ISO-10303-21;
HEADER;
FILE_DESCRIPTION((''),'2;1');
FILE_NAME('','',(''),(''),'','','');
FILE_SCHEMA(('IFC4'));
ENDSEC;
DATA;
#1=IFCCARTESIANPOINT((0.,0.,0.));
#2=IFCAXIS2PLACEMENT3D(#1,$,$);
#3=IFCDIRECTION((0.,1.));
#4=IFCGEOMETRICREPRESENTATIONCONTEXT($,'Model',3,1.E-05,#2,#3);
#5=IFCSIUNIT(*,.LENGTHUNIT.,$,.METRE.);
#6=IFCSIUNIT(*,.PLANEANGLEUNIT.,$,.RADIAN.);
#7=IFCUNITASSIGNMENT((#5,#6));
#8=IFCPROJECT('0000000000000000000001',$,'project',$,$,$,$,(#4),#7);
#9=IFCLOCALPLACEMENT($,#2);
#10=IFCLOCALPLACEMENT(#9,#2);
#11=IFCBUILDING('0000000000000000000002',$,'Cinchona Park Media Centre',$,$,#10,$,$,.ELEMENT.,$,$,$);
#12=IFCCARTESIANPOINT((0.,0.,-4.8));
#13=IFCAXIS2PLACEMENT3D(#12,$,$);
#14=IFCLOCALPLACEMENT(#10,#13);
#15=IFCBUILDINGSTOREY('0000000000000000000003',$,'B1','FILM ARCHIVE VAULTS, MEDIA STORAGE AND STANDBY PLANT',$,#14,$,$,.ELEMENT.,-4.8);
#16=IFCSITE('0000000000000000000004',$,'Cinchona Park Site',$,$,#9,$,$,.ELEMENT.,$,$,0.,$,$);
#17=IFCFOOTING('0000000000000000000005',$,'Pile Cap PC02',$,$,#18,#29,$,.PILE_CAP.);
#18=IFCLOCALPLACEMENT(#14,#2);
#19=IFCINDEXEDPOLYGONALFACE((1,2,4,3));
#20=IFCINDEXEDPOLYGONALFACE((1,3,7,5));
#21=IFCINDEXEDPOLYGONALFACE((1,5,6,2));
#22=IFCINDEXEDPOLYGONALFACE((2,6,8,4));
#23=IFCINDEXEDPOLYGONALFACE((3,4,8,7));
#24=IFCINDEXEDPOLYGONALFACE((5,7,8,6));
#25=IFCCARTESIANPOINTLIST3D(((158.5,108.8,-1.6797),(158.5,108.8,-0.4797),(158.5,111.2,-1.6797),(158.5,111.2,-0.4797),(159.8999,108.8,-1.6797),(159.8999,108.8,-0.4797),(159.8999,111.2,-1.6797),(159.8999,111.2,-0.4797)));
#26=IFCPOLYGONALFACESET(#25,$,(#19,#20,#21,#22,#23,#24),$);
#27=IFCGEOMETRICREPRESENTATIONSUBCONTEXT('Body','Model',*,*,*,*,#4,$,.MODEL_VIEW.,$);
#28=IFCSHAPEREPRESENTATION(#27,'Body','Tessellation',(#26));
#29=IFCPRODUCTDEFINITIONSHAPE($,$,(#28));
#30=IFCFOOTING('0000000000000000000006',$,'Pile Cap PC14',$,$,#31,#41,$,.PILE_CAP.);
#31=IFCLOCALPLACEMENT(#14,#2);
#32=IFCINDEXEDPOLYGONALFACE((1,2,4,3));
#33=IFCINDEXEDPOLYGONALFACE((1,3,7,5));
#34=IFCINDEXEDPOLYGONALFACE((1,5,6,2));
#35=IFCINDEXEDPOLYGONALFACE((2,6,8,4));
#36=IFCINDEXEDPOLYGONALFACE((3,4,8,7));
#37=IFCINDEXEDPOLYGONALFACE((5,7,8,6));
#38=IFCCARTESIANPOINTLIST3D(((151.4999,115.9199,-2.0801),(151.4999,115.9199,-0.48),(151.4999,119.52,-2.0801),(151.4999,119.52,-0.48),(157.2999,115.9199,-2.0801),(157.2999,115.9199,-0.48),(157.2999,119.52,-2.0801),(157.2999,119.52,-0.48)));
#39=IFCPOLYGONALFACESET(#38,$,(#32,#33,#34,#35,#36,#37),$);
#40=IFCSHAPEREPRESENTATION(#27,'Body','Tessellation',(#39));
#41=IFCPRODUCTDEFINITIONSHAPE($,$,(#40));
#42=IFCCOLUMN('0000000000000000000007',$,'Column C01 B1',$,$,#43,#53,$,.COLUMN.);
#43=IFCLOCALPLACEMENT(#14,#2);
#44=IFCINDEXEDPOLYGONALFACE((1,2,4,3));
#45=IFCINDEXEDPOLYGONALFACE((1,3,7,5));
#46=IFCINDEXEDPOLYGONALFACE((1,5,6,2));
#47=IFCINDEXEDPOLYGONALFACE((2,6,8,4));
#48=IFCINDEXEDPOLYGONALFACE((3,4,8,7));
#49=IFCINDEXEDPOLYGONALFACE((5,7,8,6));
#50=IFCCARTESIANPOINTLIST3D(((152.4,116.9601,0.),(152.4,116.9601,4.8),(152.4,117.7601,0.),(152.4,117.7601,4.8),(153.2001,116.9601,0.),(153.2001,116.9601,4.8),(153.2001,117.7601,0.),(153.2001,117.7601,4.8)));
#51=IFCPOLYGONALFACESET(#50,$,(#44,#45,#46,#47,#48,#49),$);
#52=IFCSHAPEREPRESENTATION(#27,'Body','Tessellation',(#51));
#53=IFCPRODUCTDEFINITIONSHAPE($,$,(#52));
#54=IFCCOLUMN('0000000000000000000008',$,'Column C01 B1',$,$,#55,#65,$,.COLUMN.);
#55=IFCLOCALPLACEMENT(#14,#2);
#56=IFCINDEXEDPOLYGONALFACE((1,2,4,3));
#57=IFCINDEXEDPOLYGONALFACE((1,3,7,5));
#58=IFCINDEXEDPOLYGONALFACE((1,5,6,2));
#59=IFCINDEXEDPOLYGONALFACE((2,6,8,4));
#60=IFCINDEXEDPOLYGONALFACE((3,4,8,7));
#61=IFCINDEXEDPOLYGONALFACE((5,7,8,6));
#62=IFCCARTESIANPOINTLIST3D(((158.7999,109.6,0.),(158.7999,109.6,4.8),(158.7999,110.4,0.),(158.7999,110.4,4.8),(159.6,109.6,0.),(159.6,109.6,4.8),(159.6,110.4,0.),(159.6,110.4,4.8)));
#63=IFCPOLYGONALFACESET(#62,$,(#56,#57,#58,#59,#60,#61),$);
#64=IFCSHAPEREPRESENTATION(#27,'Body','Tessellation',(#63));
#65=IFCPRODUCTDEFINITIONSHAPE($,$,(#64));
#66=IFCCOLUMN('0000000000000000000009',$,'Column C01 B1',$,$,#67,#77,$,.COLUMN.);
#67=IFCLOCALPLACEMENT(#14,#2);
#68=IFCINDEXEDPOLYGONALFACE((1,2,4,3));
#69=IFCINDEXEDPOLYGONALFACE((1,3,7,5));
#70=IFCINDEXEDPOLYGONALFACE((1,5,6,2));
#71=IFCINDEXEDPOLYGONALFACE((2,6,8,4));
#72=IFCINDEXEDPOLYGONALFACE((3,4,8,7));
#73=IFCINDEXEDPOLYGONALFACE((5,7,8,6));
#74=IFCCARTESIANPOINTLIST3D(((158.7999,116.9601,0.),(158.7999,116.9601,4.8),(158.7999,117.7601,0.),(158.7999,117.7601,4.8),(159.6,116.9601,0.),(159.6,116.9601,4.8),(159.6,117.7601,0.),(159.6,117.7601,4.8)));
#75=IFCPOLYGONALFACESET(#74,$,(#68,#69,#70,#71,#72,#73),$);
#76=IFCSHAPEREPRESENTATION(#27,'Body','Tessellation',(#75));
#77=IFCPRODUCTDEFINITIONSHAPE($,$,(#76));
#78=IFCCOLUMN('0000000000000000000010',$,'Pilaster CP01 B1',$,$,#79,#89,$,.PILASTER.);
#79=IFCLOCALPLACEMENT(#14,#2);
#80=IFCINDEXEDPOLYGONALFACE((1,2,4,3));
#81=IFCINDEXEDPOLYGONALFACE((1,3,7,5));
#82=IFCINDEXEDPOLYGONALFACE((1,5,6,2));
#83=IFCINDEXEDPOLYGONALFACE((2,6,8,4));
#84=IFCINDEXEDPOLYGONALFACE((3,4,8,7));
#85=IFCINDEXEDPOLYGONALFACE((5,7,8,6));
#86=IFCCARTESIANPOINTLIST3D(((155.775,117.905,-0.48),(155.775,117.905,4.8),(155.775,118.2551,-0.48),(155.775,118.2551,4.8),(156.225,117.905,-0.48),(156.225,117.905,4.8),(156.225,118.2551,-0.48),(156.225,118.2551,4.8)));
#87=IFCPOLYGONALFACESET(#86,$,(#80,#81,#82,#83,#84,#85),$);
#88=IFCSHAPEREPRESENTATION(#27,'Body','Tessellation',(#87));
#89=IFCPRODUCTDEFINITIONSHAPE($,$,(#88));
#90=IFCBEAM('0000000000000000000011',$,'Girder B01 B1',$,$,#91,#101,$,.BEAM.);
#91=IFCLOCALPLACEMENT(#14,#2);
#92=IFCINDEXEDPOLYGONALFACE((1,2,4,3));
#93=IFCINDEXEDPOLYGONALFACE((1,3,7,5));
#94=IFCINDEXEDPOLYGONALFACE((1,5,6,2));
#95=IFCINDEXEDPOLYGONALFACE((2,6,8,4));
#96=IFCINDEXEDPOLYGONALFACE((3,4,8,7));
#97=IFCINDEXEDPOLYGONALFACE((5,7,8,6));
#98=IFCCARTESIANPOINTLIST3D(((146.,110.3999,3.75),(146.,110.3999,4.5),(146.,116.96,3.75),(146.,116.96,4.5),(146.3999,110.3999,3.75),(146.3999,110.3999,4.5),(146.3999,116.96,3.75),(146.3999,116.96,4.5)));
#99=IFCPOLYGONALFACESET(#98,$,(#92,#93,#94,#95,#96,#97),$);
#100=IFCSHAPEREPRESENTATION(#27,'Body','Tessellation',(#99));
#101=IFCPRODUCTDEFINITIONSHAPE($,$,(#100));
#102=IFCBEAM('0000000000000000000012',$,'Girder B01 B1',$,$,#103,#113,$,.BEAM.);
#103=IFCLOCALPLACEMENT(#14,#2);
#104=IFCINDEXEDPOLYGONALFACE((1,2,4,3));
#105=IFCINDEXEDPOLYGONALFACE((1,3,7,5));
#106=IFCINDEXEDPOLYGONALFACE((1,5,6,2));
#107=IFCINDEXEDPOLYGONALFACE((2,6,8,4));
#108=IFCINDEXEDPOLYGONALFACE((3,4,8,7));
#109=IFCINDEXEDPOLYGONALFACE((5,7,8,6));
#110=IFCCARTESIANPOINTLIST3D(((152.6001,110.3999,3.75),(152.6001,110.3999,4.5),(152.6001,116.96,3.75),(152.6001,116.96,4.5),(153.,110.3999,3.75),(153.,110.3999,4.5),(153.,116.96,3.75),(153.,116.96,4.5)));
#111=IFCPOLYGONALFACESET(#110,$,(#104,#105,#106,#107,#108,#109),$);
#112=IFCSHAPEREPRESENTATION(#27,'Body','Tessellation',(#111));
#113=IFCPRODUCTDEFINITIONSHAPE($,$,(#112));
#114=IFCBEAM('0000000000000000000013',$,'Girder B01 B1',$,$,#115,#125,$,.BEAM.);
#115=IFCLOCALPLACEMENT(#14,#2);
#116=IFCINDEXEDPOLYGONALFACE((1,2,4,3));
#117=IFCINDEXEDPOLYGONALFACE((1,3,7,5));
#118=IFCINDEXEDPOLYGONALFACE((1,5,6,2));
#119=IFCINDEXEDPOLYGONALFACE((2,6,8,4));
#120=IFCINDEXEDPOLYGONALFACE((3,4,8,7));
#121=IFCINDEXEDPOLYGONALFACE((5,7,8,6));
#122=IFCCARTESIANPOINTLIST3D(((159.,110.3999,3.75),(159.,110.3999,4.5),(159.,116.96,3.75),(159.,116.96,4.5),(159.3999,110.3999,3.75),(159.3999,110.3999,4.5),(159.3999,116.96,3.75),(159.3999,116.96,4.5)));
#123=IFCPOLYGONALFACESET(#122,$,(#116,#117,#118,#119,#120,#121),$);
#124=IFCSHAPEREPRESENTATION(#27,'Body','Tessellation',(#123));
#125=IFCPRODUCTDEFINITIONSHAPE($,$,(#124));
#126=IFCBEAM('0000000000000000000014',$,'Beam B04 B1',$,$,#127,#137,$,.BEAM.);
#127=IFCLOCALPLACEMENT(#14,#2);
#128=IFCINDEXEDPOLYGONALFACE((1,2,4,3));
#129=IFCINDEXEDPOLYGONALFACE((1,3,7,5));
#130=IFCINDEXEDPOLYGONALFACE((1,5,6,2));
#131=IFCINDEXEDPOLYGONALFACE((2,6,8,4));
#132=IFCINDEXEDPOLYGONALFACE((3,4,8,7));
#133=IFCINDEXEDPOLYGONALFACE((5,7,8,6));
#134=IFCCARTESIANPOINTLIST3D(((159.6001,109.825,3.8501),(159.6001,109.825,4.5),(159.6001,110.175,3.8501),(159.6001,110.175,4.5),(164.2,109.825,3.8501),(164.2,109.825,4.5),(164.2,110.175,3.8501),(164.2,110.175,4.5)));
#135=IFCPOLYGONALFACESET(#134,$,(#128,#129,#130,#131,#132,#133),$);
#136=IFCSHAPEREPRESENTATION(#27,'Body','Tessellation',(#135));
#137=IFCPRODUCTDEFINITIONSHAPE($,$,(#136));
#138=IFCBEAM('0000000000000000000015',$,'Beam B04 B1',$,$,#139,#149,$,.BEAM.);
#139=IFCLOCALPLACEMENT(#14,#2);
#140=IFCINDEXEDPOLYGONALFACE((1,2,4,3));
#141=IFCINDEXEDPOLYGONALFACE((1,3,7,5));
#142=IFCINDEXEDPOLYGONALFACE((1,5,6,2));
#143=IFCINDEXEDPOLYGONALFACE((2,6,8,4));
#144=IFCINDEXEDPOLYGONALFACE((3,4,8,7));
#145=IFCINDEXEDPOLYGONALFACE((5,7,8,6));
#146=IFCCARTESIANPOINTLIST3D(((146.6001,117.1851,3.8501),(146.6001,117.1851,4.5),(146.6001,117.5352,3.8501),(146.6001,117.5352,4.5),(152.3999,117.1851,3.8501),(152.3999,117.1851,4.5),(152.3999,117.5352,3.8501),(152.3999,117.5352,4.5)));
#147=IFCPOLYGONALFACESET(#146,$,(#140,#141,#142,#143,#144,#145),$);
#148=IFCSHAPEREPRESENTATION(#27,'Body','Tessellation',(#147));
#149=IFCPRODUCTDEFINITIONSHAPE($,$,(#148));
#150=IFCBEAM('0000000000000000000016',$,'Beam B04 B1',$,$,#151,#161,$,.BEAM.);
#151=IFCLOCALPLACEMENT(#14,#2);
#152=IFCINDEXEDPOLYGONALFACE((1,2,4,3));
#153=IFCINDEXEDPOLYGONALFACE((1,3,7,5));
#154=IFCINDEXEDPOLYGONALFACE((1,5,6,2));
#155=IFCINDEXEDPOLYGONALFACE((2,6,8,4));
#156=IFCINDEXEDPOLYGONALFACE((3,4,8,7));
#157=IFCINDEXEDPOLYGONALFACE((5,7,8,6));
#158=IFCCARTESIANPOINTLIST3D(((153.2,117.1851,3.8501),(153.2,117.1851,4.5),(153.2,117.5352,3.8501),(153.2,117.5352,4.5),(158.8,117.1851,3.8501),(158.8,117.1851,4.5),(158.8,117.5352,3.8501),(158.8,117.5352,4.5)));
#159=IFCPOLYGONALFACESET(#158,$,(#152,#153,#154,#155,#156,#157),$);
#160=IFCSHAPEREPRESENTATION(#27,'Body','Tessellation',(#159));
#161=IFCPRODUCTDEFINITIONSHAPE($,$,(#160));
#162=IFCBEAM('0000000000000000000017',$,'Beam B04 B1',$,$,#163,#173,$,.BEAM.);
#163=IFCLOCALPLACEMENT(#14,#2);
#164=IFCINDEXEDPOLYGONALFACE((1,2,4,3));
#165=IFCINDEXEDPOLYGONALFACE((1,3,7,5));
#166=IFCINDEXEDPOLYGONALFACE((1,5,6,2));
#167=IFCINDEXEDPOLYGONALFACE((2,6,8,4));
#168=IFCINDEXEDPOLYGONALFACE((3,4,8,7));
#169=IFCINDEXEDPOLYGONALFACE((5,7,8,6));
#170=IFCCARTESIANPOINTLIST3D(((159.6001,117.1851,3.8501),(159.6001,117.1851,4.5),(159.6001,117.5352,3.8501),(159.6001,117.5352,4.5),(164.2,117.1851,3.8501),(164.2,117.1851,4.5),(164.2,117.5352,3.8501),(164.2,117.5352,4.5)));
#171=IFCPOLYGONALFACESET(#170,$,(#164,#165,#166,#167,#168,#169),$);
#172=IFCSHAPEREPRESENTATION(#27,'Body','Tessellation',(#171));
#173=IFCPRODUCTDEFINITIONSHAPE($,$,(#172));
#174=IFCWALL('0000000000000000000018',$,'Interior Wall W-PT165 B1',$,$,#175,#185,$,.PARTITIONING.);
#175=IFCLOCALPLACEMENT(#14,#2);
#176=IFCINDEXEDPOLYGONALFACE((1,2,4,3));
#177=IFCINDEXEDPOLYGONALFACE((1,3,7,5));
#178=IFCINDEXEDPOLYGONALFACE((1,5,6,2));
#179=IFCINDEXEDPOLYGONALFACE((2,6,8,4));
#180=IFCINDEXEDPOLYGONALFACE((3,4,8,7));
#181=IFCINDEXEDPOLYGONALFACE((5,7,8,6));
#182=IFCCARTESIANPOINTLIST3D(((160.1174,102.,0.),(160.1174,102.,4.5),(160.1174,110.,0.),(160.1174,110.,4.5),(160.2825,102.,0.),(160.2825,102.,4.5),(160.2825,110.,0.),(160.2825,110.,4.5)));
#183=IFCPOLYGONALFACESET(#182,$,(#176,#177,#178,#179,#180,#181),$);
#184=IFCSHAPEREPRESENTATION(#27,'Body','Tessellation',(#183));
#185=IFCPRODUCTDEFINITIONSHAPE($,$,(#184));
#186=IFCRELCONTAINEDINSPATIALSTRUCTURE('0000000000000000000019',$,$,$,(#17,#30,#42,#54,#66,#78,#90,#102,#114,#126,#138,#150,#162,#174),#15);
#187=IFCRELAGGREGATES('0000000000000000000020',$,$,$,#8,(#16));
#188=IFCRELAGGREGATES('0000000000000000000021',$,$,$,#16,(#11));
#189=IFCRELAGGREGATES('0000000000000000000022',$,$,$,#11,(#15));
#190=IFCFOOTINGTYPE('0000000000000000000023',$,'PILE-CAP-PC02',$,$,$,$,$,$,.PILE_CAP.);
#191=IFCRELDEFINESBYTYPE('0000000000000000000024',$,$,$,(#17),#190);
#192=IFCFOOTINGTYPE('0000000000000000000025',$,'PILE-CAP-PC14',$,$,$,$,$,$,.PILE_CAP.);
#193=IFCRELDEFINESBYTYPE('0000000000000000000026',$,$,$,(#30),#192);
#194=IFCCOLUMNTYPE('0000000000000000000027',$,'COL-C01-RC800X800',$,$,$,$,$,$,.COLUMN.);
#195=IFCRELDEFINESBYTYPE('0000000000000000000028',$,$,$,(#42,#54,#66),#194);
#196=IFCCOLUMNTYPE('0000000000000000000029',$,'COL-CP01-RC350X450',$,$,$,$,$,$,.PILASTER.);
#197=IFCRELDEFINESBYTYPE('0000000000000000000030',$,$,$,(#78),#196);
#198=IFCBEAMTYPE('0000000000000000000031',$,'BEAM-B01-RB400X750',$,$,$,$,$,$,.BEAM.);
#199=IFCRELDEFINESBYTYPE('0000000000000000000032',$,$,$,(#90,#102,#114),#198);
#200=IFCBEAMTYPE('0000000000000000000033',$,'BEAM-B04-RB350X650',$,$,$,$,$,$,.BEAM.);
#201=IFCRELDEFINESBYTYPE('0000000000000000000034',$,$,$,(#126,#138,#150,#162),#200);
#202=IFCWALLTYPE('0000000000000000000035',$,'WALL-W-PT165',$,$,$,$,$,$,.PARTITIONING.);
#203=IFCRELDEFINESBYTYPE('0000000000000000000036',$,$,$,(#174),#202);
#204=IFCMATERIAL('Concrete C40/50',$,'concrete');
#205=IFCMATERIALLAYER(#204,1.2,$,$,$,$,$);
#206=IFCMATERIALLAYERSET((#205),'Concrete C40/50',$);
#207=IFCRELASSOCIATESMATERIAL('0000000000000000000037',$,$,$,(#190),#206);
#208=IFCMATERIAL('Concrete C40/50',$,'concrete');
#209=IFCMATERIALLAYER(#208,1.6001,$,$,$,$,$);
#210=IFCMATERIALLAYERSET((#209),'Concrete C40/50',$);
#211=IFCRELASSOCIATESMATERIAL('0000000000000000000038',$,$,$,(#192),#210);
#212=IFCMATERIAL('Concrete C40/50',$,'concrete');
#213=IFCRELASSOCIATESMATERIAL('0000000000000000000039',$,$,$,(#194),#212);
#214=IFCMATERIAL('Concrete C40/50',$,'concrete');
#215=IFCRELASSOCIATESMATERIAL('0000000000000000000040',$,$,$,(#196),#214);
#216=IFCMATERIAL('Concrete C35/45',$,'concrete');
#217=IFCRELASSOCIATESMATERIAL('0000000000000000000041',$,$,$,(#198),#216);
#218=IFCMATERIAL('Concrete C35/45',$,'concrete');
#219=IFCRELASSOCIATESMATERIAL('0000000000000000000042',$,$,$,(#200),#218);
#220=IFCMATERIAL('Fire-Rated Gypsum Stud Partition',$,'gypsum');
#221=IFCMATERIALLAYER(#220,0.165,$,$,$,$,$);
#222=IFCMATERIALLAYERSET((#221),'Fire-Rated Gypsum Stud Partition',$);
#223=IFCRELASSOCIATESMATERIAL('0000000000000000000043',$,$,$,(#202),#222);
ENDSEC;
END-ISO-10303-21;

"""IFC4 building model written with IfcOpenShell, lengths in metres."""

from ifc_helpers import new_model, si_unit, direction, frame, frame_2d, origin, origin_2d, place, context, subcontext, project, spatial, rectangle, extrude, material, layer, layer_set, material_profile, profile_set, type_object, element, save


model = new_model("IFC4")

# Units and contexts
model_context = context("Model", 3, precision=1e-05, world=origin(), true_north=direction((0.0, 1.0)))
body_context = subcontext(model_context, "Body", "Model", "MODEL_VIEW")
ifc_project = project(units=[si_unit("LENGTHUNIT", "METRE"), si_unit("PLANEANGLEUNIT", "RADIAN")], contexts=[model_context])

# Site, building, storey
site_placement = place(None, origin())
site = spatial("IfcSite", under=ifc_project, at=site_placement, Name="Cinchona Park Site", CompositionType="ELEMENT", RefElevation=0.0)
building_placement = place(site_placement, origin())
building = spatial("IfcBuilding", under=site, at=building_placement, Name="Cinchona Park Media Centre", CompositionType="ELEMENT")
storey_placement = place(building_placement, frame((0.0, 0.0, -4.8)))
storey = spatial("IfcBuildingStorey", under=building, at=storey_placement, Name="B1", Description="FILM ARCHIVE VAULTS, MEDIA STORAGE AND STANDBY PLANT", CompositionType="ELEMENT", Elevation=-4.8)

# Footings
ifc_material_1 = material(Name="Concrete C40/50", Category="concrete")
ifc_layer_1 = layer(ifc_material_1, 1.2)
ifc_layer_set_1 = layer_set([ifc_layer_1], Name="Concrete C40/50")
footing_type_1 = type_object("IfcFootingType", Name="PILE-CAP-PC02", PredefinedType="PILE_CAP", material=ifc_layer_set_1)
footing_1_placement = place(storey_placement, frame((159.2, 110.0, -1.6797), z_axis=(0.0, 0.0, 1.0), x_axis=(1.0, 0.0, 0.0)))
element("IfcFooting", 1, at=footing_1_placement, inside=storey, type_object=footing_type_1, Name="Pile Cap PC02", PredefinedType="PILE_CAP", context=body_context, shape_type="SweptSolid", body=[
    extrude(rectangle(XDim=1.3999, YDim=2.3999, at=origin_2d()), origin(), (0.0, 0.0, 1.0), 1.2),
])
ifc_material_2 = material(Name="Concrete C40/50", Category="concrete")
ifc_layer_2 = layer(ifc_material_2, 1.6001)
ifc_layer_set_2 = layer_set([ifc_layer_2], Name="Concrete C40/50")
footing_type_2 = type_object("IfcFootingType", Name="PILE-CAP-PC14", PredefinedType="PILE_CAP", material=ifc_layer_set_2)
footing_2_placement = place(storey_placement, frame((154.3999, 117.72, -2.0801), z_axis=(0.0, 0.0, 1.0), x_axis=(1.0, 0.0, 0.0)))
element("IfcFooting", 2, at=footing_2_placement, inside=storey, type_object=footing_type_2, Name="Pile Cap PC14", PredefinedType="PILE_CAP", context=body_context, shape_type="SweptSolid", body=[
    extrude(rectangle(XDim=5.8, YDim=3.6001, at=origin_2d()), origin(), (0.0, 0.0, 1.0), 1.6001),
])

# Columns
ifc_material_3 = material(Name="Concrete C40/50", Category="concrete")
ifc_material_profile_1 = material_profile(ifc_material_3, rectangle(XDim=0.8, YDim=0.8, at=origin_2d()), Name="RC 800X800")
ifc_profile_set_1 = profile_set([ifc_material_profile_1], Name="Concrete C40/50")
column_type_1 = type_object("IfcColumnType", Name="COL-C01-RC800X800", PredefinedType="COLUMN", material=ifc_profile_set_1)
for number, where, z_axis, x_axis, name in (
    (3, (152.8, 117.3601, 0.0), (0.0, 0.0, 1.0), (1.0, 0.0, 0.0), "Column C01 B1"),
    (4, (159.2, 110.0, 0.0), (0.0, 0.0, 1.0), (1.0, 0.0, 0.0), "Column C01 B1"),
    (5, (159.2, 117.3601, 0.0), (0.0, 0.0, 1.0), (1.0, 0.0, 0.0), "Column C01 B1"),
):
    element("IfcColumn", number, at=place(storey_placement, frame(where, z_axis=z_axis, x_axis=x_axis)), inside=storey, type_object=column_type_1, Name=name, PredefinedType="COLUMN", context=body_context, shape_type="SweptSolid", body=[
        extrude(rectangle(XDim=0.8, YDim=0.8, at=origin_2d()), origin(), (0.0, 0.0, 1.0), 4.8),
    ])
ifc_material_4 = material(Name="Concrete C40/50", Category="concrete")
ifc_material_profile_2 = material_profile(ifc_material_4, rectangle(XDim=0.3501, YDim=0.45, at=origin_2d()), Name="RC 350X450")
ifc_profile_set_2 = profile_set([ifc_material_profile_2], Name="Concrete C40/50")
column_type_2 = type_object("IfcColumnType", Name="COL-CP01-RC350X450", PredefinedType="PILASTER", material=ifc_profile_set_2)
column_placement = place(storey_placement, frame((156.0, 118.0801, -0.48), z_axis=(0.0, 0.0, 1.0), x_axis=(0.0, 1.0, 0.0)))
element("IfcColumn", 6, at=column_placement, inside=storey, type_object=column_type_2, Name="Pilaster CP01 B1", PredefinedType="PILASTER", context=body_context, shape_type="SweptSolid", body=[
    extrude(rectangle(XDim=0.3501, YDim=0.45, at=origin_2d()), origin(), (0.0, 0.0, 1.0), 5.28),
])

# Beams
ifc_material_5 = material(Name="Concrete C35/45", Category="concrete")
ifc_material_profile_3 = material_profile(ifc_material_5, rectangle(XDim=0.3999, YDim=0.75, at=origin_2d()), Name="RB 400X750")
ifc_profile_set_3 = profile_set([ifc_material_profile_3], Name="Concrete C35/45")
beam_type_1 = type_object("IfcBeamType", Name="BEAM-B01-RB400X750", PredefinedType="BEAM", material=ifc_profile_set_3)
for number, where, z_axis, x_axis, name in (
    (7, (146.2, 110.3999, 4.125), (0.0, 1.0, 0.0), (-1.0, 0.0, 0.0), "Girder B01 B1"),
    (8, (152.8, 110.3999, 4.125), (0.0, 1.0, 0.0), (-1.0, 0.0, 0.0), "Girder B01 B1"),
    (9, (159.2, 110.3999, 4.125), (0.0, 1.0, 0.0), (-1.0, 0.0, 0.0), "Girder B01 B1"),
):
    element("IfcBeam", number, at=place(storey_placement, frame(where, z_axis=z_axis, x_axis=x_axis)), inside=storey, type_object=beam_type_1, Name=name, PredefinedType="BEAM", context=body_context, shape_type="SweptSolid", body=[
        extrude(rectangle(XDim=0.3999, YDim=0.75, at=origin_2d()), origin(), (0.0, 0.0, 1.0), 6.5601),
    ])
ifc_material_6 = material(Name="Concrete C35/45", Category="concrete")
ifc_material_profile_4 = material_profile(ifc_material_6, rectangle(XDim=0.3501, YDim=0.6499, at=origin_2d()), Name="RB 350X650")
ifc_profile_set_4 = profile_set([ifc_material_profile_4], Name="Concrete C35/45")
beam_type_2 = type_object("IfcBeamType", Name="BEAM-B04-RB350X650", PredefinedType="BEAM", material=ifc_profile_set_4)
beam_1_placement = place(storey_placement, frame((159.6001, 110.0, 4.175), z_axis=(1.0, 0.0, 0.0), x_axis=(0.0, 1.0, 0.0)))
element("IfcBeam", 10, at=beam_1_placement, inside=storey, type_object=beam_type_2, Name="Beam B04 B1", PredefinedType="BEAM", context=body_context, shape_type="SweptSolid", body=[
    extrude(rectangle(XDim=0.3501, YDim=0.6499, at=origin_2d()), origin(), (0.0, 0.0, 1.0), 4.5999),
])
beam_2_placement = place(storey_placement, frame((146.6001, 117.3601, 4.175), z_axis=(1.0, 0.0, 0.0), x_axis=(0.0, 1.0, 0.0)))
element("IfcBeam", 11, at=beam_2_placement, inside=storey, type_object=beam_type_2, Name="Beam B04 B1", PredefinedType="BEAM", context=body_context, shape_type="SweptSolid", body=[
    extrude(rectangle(XDim=0.3501, YDim=0.6499, at=origin_2d()), origin(), (0.0, 0.0, 1.0), 5.7998),
])
beam_3_placement = place(storey_placement, frame((153.2, 117.3601, 4.175), z_axis=(1.0, 0.0, 0.0), x_axis=(0.0, 1.0, 0.0)))
element("IfcBeam", 12, at=beam_3_placement, inside=storey, type_object=beam_type_2, Name="Beam B04 B1", PredefinedType="BEAM", context=body_context, shape_type="SweptSolid", body=[
    extrude(rectangle(XDim=0.3501, YDim=0.6499, at=origin_2d()), origin(), (0.0, 0.0, 1.0), 5.6001),
])
beam_4_placement = place(storey_placement, frame((159.6001, 117.3601, 4.175), z_axis=(1.0, 0.0, 0.0), x_axis=(0.0, 1.0, 0.0)))
element("IfcBeam", 13, at=beam_4_placement, inside=storey, type_object=beam_type_2, Name="Beam B04 B1", PredefinedType="BEAM", context=body_context, shape_type="SweptSolid", body=[
    extrude(rectangle(XDim=0.3501, YDim=0.6499, at=origin_2d()), origin(), (0.0, 0.0, 1.0), 4.5999),
])

# Wall
ifc_material_7 = material(Name="Fire-Rated Gypsum Stud Partition", Category="gypsum")
ifc_layer_3 = layer(ifc_material_7, 0.165)
ifc_layer_set_3 = layer_set([ifc_layer_3], Name="Fire-Rated Gypsum Stud Partition")
wall_type_1 = type_object("IfcWallType", Name="WALL-W-PT165", PredefinedType="PARTITIONING", material=ifc_layer_set_3)
wall_1_placement = place(storey_placement, frame((160.2, 110.0, 0.0), z_axis=(0.0, 0.0, 1.0), x_axis=(0.0, -1.0, 0.0)))
element("IfcWall", 14, at=wall_1_placement, inside=storey, type_object=wall_type_1, Name="Interior Wall W-PT165 B1", PredefinedType="PARTITIONING", context=body_context, shape_type="SweptSolid", body=[
    extrude(rectangle(XDim=8.0, YDim=0.165, at=frame_2d((4.0, 0.0))), origin(), (0.0, 0.0, 1.0), 4.5),
])

save(model, "model.ifc")
